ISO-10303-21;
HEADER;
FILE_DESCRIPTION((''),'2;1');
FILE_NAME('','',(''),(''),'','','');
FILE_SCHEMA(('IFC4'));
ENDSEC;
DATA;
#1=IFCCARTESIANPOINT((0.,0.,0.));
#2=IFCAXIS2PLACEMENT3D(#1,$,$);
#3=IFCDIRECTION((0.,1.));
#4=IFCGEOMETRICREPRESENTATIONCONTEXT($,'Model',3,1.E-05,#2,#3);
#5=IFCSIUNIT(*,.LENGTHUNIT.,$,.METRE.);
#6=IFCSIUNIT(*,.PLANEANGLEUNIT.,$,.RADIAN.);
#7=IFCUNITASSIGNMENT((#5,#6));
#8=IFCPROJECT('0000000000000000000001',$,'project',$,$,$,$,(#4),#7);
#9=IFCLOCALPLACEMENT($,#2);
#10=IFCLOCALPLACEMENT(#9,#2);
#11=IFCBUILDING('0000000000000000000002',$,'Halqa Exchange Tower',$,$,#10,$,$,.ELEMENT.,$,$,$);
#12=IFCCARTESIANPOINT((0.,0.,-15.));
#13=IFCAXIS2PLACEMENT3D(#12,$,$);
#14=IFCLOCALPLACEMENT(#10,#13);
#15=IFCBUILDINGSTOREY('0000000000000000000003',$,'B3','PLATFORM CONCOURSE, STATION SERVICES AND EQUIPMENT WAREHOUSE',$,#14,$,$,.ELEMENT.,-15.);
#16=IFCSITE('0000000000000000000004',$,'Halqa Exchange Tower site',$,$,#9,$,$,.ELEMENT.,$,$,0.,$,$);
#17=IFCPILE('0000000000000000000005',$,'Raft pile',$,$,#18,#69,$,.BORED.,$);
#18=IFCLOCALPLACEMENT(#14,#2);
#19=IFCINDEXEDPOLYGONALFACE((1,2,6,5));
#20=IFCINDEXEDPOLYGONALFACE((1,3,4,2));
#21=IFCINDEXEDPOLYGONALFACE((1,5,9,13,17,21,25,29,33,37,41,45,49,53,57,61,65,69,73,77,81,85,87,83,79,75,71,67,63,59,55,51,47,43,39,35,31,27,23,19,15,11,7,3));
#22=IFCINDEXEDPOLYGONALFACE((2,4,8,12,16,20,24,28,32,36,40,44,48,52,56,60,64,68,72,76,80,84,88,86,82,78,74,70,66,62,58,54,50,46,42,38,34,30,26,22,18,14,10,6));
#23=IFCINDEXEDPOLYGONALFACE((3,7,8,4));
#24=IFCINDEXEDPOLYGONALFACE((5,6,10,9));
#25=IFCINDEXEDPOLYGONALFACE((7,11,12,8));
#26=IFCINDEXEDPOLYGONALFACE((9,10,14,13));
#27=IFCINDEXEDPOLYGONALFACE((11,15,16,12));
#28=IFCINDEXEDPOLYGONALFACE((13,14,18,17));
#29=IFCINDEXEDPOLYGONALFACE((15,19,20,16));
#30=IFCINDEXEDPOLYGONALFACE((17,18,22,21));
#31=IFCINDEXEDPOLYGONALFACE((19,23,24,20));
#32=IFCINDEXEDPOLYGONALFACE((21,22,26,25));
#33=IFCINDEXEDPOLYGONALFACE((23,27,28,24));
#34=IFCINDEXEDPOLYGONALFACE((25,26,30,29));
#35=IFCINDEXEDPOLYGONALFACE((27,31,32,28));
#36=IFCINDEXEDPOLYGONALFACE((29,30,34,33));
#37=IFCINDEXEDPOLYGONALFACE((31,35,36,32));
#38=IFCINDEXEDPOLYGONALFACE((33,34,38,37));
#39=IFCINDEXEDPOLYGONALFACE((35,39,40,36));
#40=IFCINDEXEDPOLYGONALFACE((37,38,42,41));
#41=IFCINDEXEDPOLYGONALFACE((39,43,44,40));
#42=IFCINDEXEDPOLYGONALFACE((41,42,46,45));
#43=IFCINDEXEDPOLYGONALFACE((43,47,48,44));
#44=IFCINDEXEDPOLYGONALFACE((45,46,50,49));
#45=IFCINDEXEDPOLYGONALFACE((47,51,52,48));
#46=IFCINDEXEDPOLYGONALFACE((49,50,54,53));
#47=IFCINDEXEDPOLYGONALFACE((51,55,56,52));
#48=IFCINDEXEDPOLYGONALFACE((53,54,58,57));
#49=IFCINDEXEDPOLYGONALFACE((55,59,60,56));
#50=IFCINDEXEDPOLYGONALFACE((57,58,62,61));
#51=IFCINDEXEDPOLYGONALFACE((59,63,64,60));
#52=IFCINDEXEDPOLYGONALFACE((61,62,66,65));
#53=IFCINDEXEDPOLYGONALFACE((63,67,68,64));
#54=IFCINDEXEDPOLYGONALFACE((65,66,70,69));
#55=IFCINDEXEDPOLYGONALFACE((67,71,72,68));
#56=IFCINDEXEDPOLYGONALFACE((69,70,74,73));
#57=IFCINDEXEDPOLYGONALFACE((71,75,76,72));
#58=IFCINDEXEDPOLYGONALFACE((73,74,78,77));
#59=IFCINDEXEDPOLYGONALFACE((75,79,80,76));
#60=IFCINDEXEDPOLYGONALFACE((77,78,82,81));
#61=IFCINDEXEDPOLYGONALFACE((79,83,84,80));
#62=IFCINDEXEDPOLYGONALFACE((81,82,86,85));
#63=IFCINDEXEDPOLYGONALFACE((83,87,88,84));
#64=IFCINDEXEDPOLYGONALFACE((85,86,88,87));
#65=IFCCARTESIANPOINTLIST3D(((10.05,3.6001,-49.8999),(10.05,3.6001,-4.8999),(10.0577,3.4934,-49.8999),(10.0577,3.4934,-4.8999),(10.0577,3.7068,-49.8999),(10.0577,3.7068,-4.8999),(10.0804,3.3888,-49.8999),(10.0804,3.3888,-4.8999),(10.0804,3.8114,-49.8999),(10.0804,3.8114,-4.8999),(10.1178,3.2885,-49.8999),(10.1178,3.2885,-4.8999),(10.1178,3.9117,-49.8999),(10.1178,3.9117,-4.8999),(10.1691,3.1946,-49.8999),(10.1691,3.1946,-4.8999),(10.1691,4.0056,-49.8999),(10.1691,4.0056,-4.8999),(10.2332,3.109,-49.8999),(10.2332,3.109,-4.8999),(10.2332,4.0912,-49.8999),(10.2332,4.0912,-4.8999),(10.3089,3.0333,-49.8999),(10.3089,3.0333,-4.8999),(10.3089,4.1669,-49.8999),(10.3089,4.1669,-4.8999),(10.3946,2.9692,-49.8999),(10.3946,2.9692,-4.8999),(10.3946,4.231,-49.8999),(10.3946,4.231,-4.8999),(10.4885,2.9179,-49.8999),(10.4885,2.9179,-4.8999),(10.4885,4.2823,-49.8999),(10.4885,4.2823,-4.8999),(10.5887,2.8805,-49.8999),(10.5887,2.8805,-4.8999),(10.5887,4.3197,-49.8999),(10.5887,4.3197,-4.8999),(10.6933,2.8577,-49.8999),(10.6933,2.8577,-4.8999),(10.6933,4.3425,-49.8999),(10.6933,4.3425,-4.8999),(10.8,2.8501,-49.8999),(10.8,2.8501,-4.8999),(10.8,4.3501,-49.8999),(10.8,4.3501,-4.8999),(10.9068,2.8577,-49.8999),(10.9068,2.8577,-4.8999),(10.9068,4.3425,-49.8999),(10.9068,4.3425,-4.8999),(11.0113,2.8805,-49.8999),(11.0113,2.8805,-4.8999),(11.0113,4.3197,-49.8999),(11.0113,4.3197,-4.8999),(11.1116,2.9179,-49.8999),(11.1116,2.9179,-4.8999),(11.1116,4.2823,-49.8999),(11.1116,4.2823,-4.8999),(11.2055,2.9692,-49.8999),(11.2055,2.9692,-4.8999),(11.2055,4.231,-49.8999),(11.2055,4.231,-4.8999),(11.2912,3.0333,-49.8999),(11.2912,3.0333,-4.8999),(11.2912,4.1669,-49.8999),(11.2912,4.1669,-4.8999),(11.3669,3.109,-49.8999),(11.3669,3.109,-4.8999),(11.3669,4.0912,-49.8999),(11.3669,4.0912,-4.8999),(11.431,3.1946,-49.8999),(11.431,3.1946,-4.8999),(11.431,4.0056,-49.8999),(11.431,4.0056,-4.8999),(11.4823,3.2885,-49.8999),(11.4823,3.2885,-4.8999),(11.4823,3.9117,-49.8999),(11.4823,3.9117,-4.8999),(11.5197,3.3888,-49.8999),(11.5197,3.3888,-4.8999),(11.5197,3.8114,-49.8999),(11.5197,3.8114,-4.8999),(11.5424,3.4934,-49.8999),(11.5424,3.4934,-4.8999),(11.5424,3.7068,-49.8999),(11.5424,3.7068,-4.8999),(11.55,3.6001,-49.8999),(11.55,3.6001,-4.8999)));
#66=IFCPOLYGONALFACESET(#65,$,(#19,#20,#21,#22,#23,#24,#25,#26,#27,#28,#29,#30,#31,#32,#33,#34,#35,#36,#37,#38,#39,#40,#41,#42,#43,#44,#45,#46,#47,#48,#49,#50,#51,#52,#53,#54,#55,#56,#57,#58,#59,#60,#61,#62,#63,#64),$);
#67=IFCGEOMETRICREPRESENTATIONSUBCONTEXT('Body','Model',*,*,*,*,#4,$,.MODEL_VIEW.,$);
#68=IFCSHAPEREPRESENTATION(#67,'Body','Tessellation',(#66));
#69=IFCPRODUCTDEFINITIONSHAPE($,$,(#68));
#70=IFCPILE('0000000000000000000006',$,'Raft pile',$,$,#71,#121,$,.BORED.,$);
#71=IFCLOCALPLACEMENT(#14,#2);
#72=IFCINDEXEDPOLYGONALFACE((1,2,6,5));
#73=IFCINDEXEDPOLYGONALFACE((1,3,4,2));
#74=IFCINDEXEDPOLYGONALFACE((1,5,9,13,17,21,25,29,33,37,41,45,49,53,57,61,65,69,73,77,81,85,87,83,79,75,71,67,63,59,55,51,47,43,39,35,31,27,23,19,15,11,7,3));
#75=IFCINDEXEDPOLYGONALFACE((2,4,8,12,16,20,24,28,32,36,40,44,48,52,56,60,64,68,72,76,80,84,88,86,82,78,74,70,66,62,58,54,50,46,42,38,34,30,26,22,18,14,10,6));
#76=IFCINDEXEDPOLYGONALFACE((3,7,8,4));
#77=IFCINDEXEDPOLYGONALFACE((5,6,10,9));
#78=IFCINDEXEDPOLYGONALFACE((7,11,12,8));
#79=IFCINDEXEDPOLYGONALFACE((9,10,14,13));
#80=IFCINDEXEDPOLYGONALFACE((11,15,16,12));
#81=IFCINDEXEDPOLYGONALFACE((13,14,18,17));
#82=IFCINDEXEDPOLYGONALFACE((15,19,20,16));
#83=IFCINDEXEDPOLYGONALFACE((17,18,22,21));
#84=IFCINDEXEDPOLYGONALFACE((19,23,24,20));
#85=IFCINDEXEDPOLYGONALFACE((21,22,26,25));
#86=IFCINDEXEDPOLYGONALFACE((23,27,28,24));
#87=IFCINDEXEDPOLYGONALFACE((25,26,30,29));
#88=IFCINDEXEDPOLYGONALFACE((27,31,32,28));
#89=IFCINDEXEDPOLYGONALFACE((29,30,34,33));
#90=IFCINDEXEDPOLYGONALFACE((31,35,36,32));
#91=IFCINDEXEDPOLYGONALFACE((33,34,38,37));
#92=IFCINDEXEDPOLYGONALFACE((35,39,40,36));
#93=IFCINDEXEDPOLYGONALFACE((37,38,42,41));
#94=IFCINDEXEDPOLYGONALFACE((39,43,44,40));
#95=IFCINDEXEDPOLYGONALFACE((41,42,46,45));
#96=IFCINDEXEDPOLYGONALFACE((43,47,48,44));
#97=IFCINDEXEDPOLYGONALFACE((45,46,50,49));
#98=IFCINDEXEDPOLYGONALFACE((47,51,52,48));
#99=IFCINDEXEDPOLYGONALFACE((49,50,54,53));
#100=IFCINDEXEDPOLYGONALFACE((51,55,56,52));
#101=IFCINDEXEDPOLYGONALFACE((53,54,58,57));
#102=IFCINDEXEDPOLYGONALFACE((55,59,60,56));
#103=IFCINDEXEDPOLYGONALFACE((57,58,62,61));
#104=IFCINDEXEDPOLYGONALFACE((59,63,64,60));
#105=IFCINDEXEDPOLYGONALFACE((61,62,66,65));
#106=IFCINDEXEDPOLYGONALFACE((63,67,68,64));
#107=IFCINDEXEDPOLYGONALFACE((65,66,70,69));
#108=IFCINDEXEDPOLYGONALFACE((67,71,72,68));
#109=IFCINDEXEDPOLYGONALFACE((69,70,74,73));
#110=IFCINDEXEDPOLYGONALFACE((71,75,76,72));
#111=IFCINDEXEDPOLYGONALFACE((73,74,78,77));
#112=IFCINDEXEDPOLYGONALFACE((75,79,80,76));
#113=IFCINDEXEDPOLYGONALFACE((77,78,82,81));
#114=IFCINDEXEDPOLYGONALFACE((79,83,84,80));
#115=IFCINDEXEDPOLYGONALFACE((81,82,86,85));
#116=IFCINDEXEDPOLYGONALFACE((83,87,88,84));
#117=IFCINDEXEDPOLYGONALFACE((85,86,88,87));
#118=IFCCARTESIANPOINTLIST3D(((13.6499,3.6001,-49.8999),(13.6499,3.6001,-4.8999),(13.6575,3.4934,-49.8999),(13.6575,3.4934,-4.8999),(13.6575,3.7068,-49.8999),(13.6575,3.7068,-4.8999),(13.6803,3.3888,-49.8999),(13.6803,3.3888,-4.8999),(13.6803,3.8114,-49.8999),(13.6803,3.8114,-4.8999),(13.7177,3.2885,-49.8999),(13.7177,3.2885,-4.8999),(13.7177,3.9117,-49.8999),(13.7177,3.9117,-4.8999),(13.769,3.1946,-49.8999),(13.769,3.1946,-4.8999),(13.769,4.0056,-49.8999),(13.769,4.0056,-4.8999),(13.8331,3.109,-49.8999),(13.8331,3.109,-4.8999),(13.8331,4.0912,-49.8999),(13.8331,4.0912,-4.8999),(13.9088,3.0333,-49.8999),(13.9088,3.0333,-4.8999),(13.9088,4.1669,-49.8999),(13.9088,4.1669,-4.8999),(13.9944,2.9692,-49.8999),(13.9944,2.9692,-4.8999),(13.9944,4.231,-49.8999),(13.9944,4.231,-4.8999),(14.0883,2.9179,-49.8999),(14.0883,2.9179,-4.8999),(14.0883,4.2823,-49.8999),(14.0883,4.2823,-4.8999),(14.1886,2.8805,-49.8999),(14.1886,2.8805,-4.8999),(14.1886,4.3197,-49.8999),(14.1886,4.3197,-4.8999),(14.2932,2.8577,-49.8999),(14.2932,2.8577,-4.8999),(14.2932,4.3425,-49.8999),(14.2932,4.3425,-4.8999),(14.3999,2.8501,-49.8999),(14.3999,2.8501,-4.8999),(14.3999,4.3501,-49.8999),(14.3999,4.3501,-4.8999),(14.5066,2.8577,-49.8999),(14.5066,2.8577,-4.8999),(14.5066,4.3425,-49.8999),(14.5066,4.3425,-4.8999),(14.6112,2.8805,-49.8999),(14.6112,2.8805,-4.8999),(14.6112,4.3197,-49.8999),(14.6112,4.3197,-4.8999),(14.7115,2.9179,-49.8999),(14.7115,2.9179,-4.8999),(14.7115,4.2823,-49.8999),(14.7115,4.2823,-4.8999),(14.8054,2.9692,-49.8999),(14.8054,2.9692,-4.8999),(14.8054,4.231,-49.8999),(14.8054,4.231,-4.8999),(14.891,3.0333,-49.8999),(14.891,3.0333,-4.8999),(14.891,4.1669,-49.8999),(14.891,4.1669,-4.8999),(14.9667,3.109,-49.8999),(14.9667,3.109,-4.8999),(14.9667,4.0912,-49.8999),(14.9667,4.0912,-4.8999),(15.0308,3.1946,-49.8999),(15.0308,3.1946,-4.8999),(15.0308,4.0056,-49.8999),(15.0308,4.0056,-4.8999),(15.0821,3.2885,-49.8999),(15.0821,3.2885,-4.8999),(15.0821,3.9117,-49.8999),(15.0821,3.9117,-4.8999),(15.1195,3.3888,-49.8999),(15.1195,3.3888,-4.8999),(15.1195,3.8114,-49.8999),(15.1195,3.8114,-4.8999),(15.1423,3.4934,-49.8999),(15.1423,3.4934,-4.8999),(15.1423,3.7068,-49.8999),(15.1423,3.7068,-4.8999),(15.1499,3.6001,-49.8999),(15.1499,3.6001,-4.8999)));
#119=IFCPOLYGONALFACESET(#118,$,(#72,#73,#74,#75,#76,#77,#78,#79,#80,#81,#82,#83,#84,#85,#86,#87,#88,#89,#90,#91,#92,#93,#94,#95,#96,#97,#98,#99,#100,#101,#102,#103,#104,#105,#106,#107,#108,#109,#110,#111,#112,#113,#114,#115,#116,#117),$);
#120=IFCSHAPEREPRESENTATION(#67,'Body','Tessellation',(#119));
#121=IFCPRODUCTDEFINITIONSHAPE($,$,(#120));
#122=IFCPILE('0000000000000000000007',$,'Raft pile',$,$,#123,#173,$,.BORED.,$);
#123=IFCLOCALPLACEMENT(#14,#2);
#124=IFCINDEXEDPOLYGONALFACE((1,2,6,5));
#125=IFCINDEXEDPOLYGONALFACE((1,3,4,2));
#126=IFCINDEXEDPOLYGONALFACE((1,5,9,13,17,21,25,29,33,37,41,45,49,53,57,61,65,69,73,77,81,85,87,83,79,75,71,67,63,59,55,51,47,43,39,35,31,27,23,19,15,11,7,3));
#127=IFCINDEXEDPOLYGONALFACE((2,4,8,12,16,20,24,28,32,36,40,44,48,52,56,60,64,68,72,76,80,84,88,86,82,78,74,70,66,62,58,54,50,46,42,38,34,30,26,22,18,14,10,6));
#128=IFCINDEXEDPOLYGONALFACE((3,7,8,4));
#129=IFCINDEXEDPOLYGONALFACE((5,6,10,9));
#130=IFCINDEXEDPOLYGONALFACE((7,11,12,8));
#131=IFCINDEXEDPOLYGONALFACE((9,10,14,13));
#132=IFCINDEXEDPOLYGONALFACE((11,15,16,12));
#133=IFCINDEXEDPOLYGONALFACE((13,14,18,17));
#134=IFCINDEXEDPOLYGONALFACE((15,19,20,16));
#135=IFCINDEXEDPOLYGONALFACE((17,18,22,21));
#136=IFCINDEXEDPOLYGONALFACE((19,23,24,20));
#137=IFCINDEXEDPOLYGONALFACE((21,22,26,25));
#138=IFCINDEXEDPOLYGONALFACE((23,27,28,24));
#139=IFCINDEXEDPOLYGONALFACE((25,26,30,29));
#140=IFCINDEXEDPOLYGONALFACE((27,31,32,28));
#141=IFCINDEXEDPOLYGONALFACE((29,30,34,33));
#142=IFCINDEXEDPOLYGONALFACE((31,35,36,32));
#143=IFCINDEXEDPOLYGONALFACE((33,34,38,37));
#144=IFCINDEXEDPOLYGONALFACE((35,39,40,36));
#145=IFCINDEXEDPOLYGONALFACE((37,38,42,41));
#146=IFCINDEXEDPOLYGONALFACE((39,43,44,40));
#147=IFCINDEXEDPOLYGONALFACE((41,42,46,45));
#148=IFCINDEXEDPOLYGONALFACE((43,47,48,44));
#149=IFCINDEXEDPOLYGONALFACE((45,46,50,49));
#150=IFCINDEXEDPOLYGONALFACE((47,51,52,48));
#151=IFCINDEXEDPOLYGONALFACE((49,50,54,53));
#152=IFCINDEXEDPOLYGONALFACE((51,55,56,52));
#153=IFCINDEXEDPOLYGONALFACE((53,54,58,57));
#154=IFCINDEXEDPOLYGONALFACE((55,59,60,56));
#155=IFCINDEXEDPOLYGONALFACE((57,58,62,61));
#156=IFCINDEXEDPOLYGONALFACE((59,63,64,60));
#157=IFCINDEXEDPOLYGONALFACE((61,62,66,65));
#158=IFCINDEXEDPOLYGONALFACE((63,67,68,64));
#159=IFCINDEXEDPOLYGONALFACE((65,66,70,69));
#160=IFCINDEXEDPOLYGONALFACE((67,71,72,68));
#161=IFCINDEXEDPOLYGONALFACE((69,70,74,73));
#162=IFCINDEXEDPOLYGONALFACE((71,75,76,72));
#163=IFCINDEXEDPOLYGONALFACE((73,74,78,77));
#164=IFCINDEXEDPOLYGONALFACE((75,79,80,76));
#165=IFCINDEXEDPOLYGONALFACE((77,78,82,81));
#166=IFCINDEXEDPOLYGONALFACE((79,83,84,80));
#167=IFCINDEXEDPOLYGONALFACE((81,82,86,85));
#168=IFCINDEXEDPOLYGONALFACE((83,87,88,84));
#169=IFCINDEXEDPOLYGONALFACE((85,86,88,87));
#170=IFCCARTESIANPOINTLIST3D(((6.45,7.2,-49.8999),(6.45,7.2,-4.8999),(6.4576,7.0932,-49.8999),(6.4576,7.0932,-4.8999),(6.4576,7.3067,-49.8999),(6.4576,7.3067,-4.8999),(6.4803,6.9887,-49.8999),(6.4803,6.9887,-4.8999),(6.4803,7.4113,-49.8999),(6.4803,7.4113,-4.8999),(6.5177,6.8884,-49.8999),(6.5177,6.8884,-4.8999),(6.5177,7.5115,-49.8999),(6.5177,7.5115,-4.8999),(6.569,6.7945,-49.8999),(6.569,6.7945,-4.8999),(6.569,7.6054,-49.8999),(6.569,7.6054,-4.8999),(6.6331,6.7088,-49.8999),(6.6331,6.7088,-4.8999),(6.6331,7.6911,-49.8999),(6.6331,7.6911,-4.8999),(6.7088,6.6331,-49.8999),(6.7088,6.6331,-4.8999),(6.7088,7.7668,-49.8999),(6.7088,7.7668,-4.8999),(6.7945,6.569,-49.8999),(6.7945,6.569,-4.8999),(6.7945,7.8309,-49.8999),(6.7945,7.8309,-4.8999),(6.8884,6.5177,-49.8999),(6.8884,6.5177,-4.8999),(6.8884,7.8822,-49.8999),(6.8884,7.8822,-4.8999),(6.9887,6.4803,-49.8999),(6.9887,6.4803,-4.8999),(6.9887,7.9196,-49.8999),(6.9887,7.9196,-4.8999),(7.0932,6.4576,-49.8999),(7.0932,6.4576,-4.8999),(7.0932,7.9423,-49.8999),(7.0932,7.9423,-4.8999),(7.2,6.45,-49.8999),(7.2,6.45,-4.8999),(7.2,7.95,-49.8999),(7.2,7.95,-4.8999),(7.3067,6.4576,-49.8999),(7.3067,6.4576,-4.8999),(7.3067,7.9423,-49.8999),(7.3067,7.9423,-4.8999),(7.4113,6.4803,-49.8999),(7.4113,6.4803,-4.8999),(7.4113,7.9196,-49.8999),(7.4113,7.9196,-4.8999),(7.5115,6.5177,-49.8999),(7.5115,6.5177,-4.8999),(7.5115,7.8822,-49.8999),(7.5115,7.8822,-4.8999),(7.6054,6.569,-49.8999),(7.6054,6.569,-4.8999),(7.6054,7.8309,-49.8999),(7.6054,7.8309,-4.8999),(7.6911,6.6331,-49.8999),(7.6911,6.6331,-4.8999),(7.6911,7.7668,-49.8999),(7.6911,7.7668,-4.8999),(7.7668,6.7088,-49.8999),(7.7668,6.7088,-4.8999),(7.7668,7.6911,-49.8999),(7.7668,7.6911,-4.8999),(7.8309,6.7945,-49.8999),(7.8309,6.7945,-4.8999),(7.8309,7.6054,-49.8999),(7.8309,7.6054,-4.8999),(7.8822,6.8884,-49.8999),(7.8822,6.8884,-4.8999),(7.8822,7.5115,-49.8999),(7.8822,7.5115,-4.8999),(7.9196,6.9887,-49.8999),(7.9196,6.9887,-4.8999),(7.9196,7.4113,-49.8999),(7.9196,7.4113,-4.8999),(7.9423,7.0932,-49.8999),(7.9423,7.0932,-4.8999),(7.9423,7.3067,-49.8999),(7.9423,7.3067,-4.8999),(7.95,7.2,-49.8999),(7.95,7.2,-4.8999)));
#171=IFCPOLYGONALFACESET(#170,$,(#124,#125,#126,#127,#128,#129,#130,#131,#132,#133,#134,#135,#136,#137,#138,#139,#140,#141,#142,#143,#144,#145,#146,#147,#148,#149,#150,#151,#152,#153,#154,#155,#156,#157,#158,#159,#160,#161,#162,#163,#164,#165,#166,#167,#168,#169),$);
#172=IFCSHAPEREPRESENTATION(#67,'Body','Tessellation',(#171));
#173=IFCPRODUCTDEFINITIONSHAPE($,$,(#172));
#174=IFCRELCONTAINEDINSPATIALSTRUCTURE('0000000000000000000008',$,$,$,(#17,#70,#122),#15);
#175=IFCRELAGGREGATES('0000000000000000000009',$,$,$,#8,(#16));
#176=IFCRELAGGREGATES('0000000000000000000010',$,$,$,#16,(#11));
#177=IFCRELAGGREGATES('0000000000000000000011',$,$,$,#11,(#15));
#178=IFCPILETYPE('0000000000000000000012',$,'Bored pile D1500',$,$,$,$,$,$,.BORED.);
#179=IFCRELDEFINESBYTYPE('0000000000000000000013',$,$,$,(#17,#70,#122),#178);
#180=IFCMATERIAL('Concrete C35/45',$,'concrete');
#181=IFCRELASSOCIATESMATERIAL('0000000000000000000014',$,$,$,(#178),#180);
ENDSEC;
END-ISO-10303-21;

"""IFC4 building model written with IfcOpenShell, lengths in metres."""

from ifc_helpers import new_model, si_unit, direction, frame, origin, origin_2d, place, context, subcontext, project, spatial, circle, extrude, material, material_profile, profile_set, type_object, element, save


model = new_model("IFC4")

# Units and contexts
model_context = context("Model", 3, precision=1e-05, world=origin(), true_north=direction((0.0, 1.0)))
body_context = subcontext(model_context, "Body", "Model", "MODEL_VIEW")
ifc_project = project(units=[si_unit("LENGTHUNIT", "METRE"), si_unit("PLANEANGLEUNIT", "RADIAN")], contexts=[model_context])

# Site, building, storey
site_placement = place(None, origin())
site = spatial("IfcSite", under=ifc_project, at=site_placement, Name="Halqa Exchange Tower site", CompositionType="ELEMENT", RefElevation=0.0)
building_placement = place(site_placement, origin())
building = spatial("IfcBuilding", under=site, at=building_placement, Name="Halqa Exchange Tower", CompositionType="ELEMENT")
storey_placement = place(building_placement, frame((0.0, 0.0, -15.0)))
storey = spatial("IfcBuildingStorey", under=building, at=storey_placement, Name="B3", Description="PLATFORM CONCOURSE, STATION SERVICES AND EQUIPMENT WAREHOUSE", CompositionType="ELEMENT", Elevation=-15.0)

# Piles
ifc_material_1 = material(Name="Concrete C35/45", Category="concrete")
ifc_material_profile_1 = material_profile(ifc_material_1, circle(Radius=0.75, at=origin_2d()), Name="D1500")
ifc_profile_set_1 = profile_set([ifc_material_profile_1], Name="Concrete C35/45")
pile_type_1 = type_object("IfcPileType", Name="Bored pile D1500", PredefinedType="BORED", material=ifc_profile_set_1)
for number, where, z_axis, x_axis, name in (
    (1, (10.8, 3.6001, -4.8999), (0.0, 0.0, -1.0), (1.0, 0.0, 0.0), "Raft pile"),
    (2, (14.3999, 3.6001, -4.8999), (0.0, 0.0, -1.0), (1.0, 0.0, 0.0), "Raft pile"),
    (3, (7.2, 7.2, -4.8999), (0.0, 0.0, -1.0), (1.0, 0.0, 0.0), "Raft pile"),
):
    element("IfcPile", number, at=place(storey_placement, frame(where, z_axis=z_axis, x_axis=x_axis)), inside=storey, type_object=pile_type_1, Name=name, PredefinedType="BORED", context=body_context, shape_type="SweptSolid", body=[
        extrude(circle(Radius=0.75, at=origin_2d()), origin(), (0.0, 0.0, 1.0), 45.0),
    ])

save(model, "model.ifc")
